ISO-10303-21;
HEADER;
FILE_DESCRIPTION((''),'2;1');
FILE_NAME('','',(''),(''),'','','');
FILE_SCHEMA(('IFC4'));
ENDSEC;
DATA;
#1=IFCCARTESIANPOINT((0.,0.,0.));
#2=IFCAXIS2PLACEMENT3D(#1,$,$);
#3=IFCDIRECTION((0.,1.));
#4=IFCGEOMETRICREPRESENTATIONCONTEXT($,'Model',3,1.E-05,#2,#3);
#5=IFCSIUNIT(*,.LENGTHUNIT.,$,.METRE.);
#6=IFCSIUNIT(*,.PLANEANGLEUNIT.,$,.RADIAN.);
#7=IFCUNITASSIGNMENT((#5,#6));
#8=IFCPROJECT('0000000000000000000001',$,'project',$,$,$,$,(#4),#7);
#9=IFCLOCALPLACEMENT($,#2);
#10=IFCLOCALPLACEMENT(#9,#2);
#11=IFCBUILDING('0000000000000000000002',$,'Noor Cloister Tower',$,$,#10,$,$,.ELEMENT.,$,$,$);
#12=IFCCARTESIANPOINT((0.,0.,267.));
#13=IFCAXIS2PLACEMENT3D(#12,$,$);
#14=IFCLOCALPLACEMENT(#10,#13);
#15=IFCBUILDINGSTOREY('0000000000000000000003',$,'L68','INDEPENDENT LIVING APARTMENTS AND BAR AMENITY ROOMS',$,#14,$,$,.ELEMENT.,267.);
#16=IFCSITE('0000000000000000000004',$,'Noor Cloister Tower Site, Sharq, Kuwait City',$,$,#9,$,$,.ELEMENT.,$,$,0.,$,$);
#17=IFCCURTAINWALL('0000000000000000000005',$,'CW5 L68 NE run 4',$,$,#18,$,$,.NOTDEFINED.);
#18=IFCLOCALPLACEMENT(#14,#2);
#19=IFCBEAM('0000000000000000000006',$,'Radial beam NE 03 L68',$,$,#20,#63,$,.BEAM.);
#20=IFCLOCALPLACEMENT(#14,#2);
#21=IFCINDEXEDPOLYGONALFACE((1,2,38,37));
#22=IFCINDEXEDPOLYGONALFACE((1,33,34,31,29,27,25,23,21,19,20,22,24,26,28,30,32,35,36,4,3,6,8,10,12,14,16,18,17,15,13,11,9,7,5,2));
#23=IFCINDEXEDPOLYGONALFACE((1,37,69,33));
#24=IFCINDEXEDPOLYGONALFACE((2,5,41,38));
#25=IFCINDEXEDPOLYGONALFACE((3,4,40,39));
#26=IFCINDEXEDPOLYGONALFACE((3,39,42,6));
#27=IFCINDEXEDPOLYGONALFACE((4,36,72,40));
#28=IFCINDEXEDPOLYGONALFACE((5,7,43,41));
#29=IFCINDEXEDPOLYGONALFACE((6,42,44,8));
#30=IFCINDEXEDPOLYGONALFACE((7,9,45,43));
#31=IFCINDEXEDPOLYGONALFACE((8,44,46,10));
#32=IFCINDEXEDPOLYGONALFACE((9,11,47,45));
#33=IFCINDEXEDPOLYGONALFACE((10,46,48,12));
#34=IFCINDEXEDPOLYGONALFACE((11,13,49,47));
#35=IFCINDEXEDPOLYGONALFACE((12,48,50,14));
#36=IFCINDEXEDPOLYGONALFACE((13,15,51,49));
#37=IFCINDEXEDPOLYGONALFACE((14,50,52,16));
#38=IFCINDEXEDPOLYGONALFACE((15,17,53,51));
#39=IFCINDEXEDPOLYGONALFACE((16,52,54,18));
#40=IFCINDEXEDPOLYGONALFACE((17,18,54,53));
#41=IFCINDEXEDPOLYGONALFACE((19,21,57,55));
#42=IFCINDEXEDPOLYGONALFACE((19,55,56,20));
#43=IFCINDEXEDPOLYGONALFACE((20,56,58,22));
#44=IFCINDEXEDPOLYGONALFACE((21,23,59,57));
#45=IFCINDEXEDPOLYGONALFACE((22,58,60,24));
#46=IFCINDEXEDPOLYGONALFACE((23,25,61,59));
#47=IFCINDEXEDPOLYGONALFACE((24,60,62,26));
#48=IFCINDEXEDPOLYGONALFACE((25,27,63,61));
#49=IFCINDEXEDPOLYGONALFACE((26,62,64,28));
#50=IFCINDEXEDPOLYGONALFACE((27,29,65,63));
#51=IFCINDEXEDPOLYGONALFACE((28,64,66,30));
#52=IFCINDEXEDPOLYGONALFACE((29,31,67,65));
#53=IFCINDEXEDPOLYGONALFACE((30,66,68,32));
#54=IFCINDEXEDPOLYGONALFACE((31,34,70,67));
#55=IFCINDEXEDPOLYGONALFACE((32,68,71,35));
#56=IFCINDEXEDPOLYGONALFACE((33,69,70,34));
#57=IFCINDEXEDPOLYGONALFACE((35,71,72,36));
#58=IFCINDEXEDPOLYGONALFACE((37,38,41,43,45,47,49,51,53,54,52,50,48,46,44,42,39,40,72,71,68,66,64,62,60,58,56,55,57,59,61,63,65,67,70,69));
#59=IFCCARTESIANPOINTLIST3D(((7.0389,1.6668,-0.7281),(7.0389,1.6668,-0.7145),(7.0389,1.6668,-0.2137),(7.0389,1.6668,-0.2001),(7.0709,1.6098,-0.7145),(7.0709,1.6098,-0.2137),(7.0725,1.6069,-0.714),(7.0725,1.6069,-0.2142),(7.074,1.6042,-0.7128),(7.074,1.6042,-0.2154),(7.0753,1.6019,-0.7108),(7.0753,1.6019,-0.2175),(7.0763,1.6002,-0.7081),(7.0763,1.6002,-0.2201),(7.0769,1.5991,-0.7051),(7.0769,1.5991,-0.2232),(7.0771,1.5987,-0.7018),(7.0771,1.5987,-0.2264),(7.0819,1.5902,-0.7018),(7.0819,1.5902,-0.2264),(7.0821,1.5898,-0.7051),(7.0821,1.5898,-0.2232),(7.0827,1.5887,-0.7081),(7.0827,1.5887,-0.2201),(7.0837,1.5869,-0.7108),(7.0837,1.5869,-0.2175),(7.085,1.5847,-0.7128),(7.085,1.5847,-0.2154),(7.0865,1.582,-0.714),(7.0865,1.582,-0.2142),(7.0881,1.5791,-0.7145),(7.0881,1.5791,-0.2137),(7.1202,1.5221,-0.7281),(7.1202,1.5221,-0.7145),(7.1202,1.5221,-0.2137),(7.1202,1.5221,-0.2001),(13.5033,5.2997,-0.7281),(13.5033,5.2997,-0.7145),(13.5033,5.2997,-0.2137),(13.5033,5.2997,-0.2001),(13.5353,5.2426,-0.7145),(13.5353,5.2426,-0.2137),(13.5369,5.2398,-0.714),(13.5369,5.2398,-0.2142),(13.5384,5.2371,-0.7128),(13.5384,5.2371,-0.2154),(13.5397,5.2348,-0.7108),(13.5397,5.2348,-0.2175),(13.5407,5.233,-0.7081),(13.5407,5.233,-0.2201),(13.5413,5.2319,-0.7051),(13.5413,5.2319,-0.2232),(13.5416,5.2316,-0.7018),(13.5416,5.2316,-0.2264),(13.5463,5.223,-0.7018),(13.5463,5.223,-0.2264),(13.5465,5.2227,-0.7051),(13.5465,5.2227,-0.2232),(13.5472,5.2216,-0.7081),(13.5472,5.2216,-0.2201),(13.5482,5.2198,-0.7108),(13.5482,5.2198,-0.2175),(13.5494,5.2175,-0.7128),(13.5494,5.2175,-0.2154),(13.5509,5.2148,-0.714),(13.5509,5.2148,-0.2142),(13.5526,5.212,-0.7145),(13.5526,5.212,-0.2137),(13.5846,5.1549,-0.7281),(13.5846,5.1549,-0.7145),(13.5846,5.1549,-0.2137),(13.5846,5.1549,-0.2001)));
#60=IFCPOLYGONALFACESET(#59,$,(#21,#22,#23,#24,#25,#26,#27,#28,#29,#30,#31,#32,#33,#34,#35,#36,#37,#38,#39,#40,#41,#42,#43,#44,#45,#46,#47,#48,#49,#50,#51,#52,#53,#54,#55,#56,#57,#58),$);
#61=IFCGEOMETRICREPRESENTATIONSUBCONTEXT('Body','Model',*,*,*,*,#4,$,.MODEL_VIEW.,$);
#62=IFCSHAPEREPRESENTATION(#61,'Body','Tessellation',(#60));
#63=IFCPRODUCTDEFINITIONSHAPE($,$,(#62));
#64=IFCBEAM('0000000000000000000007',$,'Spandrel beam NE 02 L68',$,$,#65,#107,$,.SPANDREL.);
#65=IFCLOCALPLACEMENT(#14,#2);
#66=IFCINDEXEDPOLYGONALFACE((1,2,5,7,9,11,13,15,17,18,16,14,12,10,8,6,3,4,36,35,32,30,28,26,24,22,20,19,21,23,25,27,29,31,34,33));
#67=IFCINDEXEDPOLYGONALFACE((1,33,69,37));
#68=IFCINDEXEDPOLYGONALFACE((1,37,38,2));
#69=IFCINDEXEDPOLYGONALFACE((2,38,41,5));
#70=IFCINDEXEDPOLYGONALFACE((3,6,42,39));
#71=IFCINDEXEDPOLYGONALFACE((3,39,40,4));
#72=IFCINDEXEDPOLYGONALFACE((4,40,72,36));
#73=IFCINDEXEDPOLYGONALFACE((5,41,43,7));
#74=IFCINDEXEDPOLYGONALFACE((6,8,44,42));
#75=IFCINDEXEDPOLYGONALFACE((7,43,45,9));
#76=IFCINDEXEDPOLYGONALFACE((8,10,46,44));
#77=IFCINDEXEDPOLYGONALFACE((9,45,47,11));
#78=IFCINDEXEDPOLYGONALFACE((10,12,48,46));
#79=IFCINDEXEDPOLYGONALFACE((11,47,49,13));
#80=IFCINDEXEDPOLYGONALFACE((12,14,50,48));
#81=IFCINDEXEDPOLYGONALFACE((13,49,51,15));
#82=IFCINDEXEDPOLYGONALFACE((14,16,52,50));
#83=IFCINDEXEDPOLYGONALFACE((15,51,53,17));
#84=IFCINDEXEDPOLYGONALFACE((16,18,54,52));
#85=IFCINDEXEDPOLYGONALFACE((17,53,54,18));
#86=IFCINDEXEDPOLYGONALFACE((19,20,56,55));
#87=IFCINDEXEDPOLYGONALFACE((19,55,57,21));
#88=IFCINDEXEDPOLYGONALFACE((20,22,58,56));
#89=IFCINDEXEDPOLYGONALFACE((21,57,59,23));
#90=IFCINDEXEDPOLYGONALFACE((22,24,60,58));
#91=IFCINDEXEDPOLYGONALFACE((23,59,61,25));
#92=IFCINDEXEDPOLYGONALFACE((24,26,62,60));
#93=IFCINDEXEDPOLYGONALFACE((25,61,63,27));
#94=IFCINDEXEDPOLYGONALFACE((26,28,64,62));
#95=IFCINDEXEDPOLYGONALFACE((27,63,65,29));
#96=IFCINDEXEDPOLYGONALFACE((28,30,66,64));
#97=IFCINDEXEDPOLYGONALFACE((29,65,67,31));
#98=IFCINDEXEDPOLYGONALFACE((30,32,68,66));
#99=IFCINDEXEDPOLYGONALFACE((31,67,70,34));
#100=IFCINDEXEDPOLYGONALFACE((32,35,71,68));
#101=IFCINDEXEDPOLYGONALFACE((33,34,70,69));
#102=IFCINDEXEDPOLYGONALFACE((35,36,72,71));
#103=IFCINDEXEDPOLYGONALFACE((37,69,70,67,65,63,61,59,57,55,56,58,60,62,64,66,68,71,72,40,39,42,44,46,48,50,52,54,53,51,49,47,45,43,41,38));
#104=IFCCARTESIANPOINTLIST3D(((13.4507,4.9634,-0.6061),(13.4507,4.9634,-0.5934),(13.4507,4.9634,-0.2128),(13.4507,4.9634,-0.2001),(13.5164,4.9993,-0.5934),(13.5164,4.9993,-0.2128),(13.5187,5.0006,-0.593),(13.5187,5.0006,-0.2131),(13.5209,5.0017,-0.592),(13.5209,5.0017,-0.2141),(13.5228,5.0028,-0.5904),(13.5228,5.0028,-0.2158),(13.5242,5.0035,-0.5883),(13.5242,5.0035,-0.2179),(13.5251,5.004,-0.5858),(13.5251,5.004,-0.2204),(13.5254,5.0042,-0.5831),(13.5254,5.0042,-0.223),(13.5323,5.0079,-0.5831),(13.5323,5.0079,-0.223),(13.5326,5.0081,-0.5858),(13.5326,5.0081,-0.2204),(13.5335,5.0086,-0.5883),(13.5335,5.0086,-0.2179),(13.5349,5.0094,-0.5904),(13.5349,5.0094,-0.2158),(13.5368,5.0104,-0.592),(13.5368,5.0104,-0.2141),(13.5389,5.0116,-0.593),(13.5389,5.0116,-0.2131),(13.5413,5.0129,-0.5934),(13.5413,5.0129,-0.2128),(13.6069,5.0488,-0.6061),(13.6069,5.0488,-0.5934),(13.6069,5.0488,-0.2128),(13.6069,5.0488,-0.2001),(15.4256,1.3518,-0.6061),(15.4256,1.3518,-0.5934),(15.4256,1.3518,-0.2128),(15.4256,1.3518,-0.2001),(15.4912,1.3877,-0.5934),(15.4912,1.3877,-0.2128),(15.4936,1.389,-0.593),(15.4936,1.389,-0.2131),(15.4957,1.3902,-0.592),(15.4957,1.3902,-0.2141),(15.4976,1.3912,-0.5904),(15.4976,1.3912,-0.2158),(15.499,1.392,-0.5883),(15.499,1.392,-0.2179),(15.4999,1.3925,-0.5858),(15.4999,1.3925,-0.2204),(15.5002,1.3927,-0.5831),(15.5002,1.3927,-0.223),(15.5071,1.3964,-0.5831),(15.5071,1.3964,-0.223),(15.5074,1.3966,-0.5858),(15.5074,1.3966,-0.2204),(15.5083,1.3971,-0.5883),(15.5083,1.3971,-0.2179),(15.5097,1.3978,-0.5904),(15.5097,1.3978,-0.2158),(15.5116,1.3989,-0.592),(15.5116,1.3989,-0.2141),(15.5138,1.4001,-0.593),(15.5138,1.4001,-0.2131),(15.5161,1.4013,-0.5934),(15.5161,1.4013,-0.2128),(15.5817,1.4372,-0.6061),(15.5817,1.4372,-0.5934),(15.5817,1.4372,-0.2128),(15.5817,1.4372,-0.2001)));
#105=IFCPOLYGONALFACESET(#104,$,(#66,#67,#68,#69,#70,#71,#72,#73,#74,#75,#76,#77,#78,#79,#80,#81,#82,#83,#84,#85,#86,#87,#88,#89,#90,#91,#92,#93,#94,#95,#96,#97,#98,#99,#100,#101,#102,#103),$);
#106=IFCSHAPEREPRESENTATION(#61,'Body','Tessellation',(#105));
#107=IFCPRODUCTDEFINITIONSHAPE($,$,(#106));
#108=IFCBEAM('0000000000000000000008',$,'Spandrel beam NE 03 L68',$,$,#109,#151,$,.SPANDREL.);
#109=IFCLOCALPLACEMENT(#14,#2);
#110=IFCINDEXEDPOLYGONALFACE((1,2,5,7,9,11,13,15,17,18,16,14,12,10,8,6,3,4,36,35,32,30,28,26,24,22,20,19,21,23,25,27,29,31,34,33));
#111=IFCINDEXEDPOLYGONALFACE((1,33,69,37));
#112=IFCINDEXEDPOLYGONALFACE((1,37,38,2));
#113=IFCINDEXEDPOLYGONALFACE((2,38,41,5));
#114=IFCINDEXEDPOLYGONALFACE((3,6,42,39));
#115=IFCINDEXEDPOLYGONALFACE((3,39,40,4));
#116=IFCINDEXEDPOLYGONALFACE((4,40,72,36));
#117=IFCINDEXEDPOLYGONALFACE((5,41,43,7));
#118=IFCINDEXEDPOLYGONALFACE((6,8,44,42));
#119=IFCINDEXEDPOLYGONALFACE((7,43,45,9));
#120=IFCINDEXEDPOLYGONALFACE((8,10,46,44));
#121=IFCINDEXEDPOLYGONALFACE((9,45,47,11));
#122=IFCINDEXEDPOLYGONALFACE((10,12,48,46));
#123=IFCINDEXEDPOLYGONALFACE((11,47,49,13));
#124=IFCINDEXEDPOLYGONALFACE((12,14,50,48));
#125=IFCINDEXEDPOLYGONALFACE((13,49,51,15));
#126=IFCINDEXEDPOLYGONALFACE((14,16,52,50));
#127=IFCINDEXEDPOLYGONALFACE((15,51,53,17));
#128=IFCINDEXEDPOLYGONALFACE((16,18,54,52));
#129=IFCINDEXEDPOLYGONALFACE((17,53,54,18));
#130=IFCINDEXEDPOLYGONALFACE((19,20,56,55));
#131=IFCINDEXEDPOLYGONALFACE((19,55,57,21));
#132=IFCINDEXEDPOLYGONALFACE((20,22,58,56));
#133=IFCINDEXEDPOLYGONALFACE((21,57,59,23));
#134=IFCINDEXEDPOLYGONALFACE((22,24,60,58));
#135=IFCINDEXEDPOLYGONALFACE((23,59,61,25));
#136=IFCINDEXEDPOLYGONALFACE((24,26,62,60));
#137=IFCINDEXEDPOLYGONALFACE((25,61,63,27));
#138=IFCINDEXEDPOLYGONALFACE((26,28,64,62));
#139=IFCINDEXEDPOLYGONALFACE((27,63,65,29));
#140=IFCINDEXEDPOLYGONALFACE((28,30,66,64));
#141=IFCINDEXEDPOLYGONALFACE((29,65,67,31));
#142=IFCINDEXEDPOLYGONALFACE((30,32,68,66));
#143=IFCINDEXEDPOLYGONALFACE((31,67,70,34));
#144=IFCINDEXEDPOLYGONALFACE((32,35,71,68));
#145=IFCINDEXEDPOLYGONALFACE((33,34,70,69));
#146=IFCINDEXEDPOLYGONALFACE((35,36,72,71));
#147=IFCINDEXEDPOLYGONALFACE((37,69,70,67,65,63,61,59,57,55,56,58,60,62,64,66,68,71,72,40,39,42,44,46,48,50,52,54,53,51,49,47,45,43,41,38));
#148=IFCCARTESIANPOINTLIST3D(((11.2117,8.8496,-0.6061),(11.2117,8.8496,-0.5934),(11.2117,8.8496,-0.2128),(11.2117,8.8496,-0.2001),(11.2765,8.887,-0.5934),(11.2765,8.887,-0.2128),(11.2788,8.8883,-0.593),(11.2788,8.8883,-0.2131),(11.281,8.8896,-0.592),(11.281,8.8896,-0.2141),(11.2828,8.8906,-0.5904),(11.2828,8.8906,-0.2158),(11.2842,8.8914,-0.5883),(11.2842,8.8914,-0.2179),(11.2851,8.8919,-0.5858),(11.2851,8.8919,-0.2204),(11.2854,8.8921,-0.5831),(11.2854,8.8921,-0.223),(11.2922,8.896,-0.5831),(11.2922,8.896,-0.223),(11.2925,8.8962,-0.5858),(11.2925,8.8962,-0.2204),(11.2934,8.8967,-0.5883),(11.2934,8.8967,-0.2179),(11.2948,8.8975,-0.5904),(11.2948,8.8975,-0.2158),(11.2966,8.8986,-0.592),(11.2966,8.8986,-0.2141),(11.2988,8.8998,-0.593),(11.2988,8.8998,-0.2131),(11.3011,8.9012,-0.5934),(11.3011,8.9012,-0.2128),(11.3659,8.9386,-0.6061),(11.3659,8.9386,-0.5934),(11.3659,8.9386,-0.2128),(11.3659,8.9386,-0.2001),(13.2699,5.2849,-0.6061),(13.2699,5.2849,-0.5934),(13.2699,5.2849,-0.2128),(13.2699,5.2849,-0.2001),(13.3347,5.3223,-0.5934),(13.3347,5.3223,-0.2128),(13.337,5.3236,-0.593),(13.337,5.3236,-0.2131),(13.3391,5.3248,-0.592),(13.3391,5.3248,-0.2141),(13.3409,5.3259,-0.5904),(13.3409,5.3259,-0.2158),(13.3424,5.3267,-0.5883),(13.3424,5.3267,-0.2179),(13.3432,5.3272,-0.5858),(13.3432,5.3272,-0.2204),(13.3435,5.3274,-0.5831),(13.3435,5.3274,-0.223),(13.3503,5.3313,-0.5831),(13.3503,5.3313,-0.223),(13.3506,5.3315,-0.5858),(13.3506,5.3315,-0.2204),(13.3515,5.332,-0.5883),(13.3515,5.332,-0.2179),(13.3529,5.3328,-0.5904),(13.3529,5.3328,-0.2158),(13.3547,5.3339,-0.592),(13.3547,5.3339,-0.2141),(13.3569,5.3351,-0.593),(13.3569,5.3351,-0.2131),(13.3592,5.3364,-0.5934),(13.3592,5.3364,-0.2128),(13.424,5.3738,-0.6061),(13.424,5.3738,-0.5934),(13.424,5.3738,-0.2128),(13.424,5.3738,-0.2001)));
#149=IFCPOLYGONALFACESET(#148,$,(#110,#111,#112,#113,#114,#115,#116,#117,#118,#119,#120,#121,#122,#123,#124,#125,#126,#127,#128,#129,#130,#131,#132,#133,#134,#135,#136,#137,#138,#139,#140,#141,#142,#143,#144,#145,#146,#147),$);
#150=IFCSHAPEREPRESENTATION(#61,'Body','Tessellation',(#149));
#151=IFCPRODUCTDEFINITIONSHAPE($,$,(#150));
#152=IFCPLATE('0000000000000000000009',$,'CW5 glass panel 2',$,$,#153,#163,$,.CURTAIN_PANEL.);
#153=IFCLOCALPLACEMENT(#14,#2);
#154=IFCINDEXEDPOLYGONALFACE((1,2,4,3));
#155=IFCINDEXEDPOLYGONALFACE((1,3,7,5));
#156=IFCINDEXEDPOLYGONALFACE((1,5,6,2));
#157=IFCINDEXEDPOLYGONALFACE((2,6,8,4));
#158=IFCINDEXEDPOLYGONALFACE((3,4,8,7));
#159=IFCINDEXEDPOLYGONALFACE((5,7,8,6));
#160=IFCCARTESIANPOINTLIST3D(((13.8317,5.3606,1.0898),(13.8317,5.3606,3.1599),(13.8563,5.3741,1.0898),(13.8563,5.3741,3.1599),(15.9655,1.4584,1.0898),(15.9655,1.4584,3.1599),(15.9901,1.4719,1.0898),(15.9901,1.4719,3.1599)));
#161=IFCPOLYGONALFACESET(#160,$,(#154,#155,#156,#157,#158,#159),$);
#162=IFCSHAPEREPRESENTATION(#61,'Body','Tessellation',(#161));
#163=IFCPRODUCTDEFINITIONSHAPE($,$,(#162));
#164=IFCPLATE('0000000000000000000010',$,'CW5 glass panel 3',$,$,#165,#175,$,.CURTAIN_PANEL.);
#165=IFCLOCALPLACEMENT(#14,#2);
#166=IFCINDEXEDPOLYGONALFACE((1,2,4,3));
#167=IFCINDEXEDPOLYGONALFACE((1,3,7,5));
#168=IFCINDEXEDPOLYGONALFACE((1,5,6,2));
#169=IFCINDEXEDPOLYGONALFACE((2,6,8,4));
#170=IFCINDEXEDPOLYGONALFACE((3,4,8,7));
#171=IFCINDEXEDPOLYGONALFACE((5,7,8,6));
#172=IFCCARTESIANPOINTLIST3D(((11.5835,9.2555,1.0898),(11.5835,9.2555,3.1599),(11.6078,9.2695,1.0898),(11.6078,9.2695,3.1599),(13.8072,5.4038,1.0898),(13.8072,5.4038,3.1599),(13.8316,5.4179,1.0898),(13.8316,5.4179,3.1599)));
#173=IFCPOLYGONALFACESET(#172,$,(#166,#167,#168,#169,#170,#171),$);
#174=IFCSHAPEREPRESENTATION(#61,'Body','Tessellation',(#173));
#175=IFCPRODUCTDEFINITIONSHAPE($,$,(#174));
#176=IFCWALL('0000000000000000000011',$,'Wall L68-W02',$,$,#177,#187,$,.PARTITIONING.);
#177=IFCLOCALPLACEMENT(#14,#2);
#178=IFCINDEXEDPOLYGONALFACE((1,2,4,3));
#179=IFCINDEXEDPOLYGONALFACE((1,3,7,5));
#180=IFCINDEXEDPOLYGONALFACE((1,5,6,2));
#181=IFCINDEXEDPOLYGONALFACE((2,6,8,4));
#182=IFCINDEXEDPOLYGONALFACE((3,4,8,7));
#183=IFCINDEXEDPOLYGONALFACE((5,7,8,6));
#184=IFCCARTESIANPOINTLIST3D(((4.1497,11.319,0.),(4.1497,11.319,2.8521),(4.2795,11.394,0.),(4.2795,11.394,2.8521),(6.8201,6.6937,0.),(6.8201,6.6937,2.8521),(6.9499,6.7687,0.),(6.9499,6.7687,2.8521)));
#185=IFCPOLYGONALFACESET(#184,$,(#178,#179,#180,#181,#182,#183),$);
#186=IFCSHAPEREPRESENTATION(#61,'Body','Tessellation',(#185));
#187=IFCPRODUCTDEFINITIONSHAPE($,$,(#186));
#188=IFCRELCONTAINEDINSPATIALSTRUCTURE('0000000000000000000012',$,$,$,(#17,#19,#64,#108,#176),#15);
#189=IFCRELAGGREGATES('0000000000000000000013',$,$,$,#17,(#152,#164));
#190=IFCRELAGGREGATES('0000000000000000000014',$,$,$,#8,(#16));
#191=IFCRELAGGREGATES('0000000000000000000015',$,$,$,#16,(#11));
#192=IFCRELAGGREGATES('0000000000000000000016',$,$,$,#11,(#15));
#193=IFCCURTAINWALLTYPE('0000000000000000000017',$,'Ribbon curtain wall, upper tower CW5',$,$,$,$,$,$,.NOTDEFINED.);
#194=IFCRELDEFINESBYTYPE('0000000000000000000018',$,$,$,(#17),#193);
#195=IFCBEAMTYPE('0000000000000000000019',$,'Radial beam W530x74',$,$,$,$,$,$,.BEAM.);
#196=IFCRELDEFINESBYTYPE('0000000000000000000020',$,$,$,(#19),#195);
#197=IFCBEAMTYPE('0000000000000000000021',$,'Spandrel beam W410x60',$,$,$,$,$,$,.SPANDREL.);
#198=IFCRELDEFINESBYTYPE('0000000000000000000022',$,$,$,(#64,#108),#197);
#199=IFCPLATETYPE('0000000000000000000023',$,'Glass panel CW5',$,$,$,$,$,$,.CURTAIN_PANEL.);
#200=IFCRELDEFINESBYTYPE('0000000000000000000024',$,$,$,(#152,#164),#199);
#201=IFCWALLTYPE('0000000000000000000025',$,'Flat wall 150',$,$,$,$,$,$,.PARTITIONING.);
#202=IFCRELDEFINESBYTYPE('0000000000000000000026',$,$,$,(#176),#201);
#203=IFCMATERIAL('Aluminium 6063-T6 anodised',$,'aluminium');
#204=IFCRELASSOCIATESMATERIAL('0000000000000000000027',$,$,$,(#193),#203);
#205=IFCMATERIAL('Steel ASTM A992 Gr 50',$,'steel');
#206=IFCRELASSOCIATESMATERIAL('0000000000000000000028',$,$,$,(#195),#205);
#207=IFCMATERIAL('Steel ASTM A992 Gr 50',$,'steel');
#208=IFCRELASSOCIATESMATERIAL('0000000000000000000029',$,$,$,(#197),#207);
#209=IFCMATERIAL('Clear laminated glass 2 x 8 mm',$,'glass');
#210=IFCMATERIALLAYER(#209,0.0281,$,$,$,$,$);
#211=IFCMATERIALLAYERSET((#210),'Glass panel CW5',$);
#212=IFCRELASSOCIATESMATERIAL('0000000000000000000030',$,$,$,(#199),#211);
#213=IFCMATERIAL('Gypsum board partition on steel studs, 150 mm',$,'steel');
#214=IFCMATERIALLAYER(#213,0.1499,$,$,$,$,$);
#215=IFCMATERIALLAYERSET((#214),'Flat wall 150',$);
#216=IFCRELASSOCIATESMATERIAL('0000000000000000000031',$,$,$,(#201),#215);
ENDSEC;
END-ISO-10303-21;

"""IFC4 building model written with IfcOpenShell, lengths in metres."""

from ifc_helpers import new_model, si_unit, direction, frame, frame_2d, origin, origin_2d, place, context, subcontext, project, spatial, rectangle, i_section, extrude, material, layer, layer_set, material_profile, profile_set, type_object, element, aggregate, save


model = new_model("IFC4")

# Units and contexts
model_context = context("Model", 3, precision=1e-05, world=origin(), true_north=direction((0.0, 1.0)))
body_context = subcontext(model_context, "Body", "Model", "MODEL_VIEW")
ifc_project = project(units=[si_unit("LENGTHUNIT", "METRE"), si_unit("PLANEANGLEUNIT", "RADIAN")], contexts=[model_context])

# Site, building, storey
site_placement = place(None, origin())
site = spatial("IfcSite", under=ifc_project, at=site_placement, Name="Noor Cloister Tower Site, Sharq, Kuwait City", CompositionType="ELEMENT", RefElevation=0.0)
building_placement = place(site_placement, origin())
building = spatial("IfcBuilding", under=site, at=building_placement, Name="Noor Cloister Tower", CompositionType="ELEMENT")
storey_placement = place(building_placement, frame((0.0, 0.0, 267.0)))
storey = spatial("IfcBuildingStorey", under=building, at=storey_placement, Name="L68", Description="INDEPENDENT LIVING APARTMENTS AND BAR AMENITY ROOMS", CompositionType="ELEMENT", Elevation=267.0)

# Curtain wall
ifc_material_1 = material(Name="Aluminium 6063-T6 anodised", Category="aluminium")
curtain_wall_type = type_object("IfcCurtainWallType", Name="Ribbon curtain wall, upper tower CW5", PredefinedType="NOTDEFINED", material=ifc_material_1)
curtain_wall_placement = place(storey_placement, origin())
curtain_wall = element("IfcCurtainWall", 1, at=curtain_wall_placement, inside=storey, type_object=curtain_wall_type, Name="CW5 L68 NE run 4", PredefinedType="NOTDEFINED")

# Beams
ifc_material_2 = material(Name="Steel ASTM A992 Gr 50", Category="steel")
ifc_material_profile_1 = material_profile(ifc_material_2, i_section(OverallWidth=0.166, OverallDepth=0.5281, WebThickness=0.0098, FlangeThickness=0.0137, FilletRadius=0.0127, at=origin_2d()), Name="W530x74")
ifc_profile_set_1 = profile_set([ifc_material_profile_1], Name="Steel ASTM A992 Gr 50")
beam_type_1 = type_object("IfcBeamType", Name="Radial beam W530x74", PredefinedType="BEAM", material=ifc_profile_set_1)
beam_1_placement = place(storey_placement, frame((13.5439, 5.2273, -0.4641), z_axis=(-0.871771, -0.489914, 0.0), x_axis=(0.489914, -0.871771, 0.0)))
element("IfcBeam", 2, at=beam_1_placement, inside=storey, type_object=beam_type_1, Name="Radial beam NE 03 L68", PredefinedType="BEAM", context=body_context, shape_type="SweptSolid", body=[
    extrude(i_section(OverallWidth=0.166, OverallDepth=0.5281, WebThickness=0.0098, FlangeThickness=0.0137, FilletRadius=0.0127, at=origin_2d()), origin(), (0.0, 0.0, 1.0), 7.4153),
])
ifc_material_3 = material(Name="Steel ASTM A992 Gr 50", Category="steel")
ifc_material_profile_2 = material_profile(ifc_material_3, i_section(OverallWidth=0.178, OverallDepth=0.406, WebThickness=0.0078, FlangeThickness=0.0127, FilletRadius=0.0103, at=origin_2d()), Name="W410x60")
ifc_profile_set_2 = profile_set([ifc_material_profile_2], Name="Steel ASTM A992 Gr 50")
beam_type_2 = type_object("IfcBeamType", Name="Spandrel beam W410x60", PredefinedType="SPANDREL", material=ifc_profile_set_2)
for number, where, z_axis, x_axis, name in (
    (3, (15.5037, 1.3945, -0.4031), (-0.47977, 0.877394, 0.0), (-0.877394, -0.47977, 0.0), "Spandrel beam NE 02 L68"),
    (4, (13.3469, 5.3293, -0.4031), (-0.500005, 0.866023, 0.0), (-0.866023, -0.500005, 0.0), "Spandrel beam NE 03 L68"),
):
    element("IfcBeam", number, at=place(storey_placement, frame(where, z_axis=z_axis, x_axis=x_axis)), inside=storey, type_object=beam_type_2, Name=name, PredefinedType="SPANDREL", context=body_context, shape_type="SweptSolid", body=[
        extrude(i_section(OverallWidth=0.178, OverallDepth=0.406, WebThickness=0.0078, FlangeThickness=0.0127, FilletRadius=0.0103, at=origin_2d()), origin(), (0.0, 0.0, 1.0), 4.1162),
    ])

# Plates
ifc_material_4 = material(Name="Clear laminated glass 2 x 8 mm", Category="glass")
ifc_layer_1 = layer(ifc_material_4, 0.0281)
ifc_layer_set_1 = layer_set([ifc_layer_1], Name="Glass panel CW5")
plate_type = type_object("IfcPlateType", Name="Glass panel CW5", PredefinedType="CURTAIN_PANEL", material=ifc_layer_set_1)
plate_1_placement = place(storey_placement, frame((14.9109, 3.4163, 1.0898), z_axis=(0.0, 0.0, 1.0), x_axis=(-0.479782, 0.877388, 0.0)))
plate_1 = element("IfcPlate", 5, at=plate_1_placement, type_object=plate_type, Name="CW5 glass panel 2", PredefinedType="CURTAIN_PANEL", context=body_context, shape_type="SweptSolid", body=[
    extrude(rectangle(XDim=4.4475, YDim=0.0281, at=origin_2d()), origin(), (0.0, 0.0, 1.0), 2.0701),
])
plate_2_placement = place(storey_placement, frame((12.7075, 7.3367, 1.0898), z_axis=(0.0, 0.0, 1.0), x_axis=(-0.5, 0.866025, 0.0)))
plate_2 = element("IfcPlate", 6, at=plate_2_placement, type_object=plate_type, Name="CW5 glass panel 3", PredefinedType="CURTAIN_PANEL", context=body_context, shape_type="SweptSolid", body=[
    extrude(rectangle(XDim=4.4475, YDim=0.0281, at=origin_2d()), origin(), (0.0, 0.0, 1.0), 2.0701),
])
aggregate(curtain_wall, [plate_1, plate_2])

# Wall
ifc_material_5 = material(Name="Gypsum board partition on steel studs, 150 mm", Category="steel")
ifc_layer_2 = layer(ifc_material_5, 0.1499)
ifc_layer_set_2 = layer_set([ifc_layer_2], Name="Flat wall 150")
wall_type_1 = type_object("IfcWallType", Name="Flat wall 150", PredefinedType="PARTITIONING", material=ifc_layer_set_2)
wall_1_placement = place(storey_placement, frame((6.885, 6.7312, 0.0), z_axis=(0.0, 0.0, 1.0), x_axis=(-0.500003, 0.866023, 0.0)))
element("IfcWall", 7, at=wall_1_placement, inside=storey, type_object=wall_type_1, Name="Wall L68-W02", PredefinedType="PARTITIONING", context=body_context, shape_type="SweptSolid", body=[
    extrude(rectangle(XDim=5.3408, YDim=0.1499, at=frame_2d((2.6704, 0.0))), origin(), (0.0, 0.0, 1.0), 2.8521),
])

save(model, "model.ifc")
